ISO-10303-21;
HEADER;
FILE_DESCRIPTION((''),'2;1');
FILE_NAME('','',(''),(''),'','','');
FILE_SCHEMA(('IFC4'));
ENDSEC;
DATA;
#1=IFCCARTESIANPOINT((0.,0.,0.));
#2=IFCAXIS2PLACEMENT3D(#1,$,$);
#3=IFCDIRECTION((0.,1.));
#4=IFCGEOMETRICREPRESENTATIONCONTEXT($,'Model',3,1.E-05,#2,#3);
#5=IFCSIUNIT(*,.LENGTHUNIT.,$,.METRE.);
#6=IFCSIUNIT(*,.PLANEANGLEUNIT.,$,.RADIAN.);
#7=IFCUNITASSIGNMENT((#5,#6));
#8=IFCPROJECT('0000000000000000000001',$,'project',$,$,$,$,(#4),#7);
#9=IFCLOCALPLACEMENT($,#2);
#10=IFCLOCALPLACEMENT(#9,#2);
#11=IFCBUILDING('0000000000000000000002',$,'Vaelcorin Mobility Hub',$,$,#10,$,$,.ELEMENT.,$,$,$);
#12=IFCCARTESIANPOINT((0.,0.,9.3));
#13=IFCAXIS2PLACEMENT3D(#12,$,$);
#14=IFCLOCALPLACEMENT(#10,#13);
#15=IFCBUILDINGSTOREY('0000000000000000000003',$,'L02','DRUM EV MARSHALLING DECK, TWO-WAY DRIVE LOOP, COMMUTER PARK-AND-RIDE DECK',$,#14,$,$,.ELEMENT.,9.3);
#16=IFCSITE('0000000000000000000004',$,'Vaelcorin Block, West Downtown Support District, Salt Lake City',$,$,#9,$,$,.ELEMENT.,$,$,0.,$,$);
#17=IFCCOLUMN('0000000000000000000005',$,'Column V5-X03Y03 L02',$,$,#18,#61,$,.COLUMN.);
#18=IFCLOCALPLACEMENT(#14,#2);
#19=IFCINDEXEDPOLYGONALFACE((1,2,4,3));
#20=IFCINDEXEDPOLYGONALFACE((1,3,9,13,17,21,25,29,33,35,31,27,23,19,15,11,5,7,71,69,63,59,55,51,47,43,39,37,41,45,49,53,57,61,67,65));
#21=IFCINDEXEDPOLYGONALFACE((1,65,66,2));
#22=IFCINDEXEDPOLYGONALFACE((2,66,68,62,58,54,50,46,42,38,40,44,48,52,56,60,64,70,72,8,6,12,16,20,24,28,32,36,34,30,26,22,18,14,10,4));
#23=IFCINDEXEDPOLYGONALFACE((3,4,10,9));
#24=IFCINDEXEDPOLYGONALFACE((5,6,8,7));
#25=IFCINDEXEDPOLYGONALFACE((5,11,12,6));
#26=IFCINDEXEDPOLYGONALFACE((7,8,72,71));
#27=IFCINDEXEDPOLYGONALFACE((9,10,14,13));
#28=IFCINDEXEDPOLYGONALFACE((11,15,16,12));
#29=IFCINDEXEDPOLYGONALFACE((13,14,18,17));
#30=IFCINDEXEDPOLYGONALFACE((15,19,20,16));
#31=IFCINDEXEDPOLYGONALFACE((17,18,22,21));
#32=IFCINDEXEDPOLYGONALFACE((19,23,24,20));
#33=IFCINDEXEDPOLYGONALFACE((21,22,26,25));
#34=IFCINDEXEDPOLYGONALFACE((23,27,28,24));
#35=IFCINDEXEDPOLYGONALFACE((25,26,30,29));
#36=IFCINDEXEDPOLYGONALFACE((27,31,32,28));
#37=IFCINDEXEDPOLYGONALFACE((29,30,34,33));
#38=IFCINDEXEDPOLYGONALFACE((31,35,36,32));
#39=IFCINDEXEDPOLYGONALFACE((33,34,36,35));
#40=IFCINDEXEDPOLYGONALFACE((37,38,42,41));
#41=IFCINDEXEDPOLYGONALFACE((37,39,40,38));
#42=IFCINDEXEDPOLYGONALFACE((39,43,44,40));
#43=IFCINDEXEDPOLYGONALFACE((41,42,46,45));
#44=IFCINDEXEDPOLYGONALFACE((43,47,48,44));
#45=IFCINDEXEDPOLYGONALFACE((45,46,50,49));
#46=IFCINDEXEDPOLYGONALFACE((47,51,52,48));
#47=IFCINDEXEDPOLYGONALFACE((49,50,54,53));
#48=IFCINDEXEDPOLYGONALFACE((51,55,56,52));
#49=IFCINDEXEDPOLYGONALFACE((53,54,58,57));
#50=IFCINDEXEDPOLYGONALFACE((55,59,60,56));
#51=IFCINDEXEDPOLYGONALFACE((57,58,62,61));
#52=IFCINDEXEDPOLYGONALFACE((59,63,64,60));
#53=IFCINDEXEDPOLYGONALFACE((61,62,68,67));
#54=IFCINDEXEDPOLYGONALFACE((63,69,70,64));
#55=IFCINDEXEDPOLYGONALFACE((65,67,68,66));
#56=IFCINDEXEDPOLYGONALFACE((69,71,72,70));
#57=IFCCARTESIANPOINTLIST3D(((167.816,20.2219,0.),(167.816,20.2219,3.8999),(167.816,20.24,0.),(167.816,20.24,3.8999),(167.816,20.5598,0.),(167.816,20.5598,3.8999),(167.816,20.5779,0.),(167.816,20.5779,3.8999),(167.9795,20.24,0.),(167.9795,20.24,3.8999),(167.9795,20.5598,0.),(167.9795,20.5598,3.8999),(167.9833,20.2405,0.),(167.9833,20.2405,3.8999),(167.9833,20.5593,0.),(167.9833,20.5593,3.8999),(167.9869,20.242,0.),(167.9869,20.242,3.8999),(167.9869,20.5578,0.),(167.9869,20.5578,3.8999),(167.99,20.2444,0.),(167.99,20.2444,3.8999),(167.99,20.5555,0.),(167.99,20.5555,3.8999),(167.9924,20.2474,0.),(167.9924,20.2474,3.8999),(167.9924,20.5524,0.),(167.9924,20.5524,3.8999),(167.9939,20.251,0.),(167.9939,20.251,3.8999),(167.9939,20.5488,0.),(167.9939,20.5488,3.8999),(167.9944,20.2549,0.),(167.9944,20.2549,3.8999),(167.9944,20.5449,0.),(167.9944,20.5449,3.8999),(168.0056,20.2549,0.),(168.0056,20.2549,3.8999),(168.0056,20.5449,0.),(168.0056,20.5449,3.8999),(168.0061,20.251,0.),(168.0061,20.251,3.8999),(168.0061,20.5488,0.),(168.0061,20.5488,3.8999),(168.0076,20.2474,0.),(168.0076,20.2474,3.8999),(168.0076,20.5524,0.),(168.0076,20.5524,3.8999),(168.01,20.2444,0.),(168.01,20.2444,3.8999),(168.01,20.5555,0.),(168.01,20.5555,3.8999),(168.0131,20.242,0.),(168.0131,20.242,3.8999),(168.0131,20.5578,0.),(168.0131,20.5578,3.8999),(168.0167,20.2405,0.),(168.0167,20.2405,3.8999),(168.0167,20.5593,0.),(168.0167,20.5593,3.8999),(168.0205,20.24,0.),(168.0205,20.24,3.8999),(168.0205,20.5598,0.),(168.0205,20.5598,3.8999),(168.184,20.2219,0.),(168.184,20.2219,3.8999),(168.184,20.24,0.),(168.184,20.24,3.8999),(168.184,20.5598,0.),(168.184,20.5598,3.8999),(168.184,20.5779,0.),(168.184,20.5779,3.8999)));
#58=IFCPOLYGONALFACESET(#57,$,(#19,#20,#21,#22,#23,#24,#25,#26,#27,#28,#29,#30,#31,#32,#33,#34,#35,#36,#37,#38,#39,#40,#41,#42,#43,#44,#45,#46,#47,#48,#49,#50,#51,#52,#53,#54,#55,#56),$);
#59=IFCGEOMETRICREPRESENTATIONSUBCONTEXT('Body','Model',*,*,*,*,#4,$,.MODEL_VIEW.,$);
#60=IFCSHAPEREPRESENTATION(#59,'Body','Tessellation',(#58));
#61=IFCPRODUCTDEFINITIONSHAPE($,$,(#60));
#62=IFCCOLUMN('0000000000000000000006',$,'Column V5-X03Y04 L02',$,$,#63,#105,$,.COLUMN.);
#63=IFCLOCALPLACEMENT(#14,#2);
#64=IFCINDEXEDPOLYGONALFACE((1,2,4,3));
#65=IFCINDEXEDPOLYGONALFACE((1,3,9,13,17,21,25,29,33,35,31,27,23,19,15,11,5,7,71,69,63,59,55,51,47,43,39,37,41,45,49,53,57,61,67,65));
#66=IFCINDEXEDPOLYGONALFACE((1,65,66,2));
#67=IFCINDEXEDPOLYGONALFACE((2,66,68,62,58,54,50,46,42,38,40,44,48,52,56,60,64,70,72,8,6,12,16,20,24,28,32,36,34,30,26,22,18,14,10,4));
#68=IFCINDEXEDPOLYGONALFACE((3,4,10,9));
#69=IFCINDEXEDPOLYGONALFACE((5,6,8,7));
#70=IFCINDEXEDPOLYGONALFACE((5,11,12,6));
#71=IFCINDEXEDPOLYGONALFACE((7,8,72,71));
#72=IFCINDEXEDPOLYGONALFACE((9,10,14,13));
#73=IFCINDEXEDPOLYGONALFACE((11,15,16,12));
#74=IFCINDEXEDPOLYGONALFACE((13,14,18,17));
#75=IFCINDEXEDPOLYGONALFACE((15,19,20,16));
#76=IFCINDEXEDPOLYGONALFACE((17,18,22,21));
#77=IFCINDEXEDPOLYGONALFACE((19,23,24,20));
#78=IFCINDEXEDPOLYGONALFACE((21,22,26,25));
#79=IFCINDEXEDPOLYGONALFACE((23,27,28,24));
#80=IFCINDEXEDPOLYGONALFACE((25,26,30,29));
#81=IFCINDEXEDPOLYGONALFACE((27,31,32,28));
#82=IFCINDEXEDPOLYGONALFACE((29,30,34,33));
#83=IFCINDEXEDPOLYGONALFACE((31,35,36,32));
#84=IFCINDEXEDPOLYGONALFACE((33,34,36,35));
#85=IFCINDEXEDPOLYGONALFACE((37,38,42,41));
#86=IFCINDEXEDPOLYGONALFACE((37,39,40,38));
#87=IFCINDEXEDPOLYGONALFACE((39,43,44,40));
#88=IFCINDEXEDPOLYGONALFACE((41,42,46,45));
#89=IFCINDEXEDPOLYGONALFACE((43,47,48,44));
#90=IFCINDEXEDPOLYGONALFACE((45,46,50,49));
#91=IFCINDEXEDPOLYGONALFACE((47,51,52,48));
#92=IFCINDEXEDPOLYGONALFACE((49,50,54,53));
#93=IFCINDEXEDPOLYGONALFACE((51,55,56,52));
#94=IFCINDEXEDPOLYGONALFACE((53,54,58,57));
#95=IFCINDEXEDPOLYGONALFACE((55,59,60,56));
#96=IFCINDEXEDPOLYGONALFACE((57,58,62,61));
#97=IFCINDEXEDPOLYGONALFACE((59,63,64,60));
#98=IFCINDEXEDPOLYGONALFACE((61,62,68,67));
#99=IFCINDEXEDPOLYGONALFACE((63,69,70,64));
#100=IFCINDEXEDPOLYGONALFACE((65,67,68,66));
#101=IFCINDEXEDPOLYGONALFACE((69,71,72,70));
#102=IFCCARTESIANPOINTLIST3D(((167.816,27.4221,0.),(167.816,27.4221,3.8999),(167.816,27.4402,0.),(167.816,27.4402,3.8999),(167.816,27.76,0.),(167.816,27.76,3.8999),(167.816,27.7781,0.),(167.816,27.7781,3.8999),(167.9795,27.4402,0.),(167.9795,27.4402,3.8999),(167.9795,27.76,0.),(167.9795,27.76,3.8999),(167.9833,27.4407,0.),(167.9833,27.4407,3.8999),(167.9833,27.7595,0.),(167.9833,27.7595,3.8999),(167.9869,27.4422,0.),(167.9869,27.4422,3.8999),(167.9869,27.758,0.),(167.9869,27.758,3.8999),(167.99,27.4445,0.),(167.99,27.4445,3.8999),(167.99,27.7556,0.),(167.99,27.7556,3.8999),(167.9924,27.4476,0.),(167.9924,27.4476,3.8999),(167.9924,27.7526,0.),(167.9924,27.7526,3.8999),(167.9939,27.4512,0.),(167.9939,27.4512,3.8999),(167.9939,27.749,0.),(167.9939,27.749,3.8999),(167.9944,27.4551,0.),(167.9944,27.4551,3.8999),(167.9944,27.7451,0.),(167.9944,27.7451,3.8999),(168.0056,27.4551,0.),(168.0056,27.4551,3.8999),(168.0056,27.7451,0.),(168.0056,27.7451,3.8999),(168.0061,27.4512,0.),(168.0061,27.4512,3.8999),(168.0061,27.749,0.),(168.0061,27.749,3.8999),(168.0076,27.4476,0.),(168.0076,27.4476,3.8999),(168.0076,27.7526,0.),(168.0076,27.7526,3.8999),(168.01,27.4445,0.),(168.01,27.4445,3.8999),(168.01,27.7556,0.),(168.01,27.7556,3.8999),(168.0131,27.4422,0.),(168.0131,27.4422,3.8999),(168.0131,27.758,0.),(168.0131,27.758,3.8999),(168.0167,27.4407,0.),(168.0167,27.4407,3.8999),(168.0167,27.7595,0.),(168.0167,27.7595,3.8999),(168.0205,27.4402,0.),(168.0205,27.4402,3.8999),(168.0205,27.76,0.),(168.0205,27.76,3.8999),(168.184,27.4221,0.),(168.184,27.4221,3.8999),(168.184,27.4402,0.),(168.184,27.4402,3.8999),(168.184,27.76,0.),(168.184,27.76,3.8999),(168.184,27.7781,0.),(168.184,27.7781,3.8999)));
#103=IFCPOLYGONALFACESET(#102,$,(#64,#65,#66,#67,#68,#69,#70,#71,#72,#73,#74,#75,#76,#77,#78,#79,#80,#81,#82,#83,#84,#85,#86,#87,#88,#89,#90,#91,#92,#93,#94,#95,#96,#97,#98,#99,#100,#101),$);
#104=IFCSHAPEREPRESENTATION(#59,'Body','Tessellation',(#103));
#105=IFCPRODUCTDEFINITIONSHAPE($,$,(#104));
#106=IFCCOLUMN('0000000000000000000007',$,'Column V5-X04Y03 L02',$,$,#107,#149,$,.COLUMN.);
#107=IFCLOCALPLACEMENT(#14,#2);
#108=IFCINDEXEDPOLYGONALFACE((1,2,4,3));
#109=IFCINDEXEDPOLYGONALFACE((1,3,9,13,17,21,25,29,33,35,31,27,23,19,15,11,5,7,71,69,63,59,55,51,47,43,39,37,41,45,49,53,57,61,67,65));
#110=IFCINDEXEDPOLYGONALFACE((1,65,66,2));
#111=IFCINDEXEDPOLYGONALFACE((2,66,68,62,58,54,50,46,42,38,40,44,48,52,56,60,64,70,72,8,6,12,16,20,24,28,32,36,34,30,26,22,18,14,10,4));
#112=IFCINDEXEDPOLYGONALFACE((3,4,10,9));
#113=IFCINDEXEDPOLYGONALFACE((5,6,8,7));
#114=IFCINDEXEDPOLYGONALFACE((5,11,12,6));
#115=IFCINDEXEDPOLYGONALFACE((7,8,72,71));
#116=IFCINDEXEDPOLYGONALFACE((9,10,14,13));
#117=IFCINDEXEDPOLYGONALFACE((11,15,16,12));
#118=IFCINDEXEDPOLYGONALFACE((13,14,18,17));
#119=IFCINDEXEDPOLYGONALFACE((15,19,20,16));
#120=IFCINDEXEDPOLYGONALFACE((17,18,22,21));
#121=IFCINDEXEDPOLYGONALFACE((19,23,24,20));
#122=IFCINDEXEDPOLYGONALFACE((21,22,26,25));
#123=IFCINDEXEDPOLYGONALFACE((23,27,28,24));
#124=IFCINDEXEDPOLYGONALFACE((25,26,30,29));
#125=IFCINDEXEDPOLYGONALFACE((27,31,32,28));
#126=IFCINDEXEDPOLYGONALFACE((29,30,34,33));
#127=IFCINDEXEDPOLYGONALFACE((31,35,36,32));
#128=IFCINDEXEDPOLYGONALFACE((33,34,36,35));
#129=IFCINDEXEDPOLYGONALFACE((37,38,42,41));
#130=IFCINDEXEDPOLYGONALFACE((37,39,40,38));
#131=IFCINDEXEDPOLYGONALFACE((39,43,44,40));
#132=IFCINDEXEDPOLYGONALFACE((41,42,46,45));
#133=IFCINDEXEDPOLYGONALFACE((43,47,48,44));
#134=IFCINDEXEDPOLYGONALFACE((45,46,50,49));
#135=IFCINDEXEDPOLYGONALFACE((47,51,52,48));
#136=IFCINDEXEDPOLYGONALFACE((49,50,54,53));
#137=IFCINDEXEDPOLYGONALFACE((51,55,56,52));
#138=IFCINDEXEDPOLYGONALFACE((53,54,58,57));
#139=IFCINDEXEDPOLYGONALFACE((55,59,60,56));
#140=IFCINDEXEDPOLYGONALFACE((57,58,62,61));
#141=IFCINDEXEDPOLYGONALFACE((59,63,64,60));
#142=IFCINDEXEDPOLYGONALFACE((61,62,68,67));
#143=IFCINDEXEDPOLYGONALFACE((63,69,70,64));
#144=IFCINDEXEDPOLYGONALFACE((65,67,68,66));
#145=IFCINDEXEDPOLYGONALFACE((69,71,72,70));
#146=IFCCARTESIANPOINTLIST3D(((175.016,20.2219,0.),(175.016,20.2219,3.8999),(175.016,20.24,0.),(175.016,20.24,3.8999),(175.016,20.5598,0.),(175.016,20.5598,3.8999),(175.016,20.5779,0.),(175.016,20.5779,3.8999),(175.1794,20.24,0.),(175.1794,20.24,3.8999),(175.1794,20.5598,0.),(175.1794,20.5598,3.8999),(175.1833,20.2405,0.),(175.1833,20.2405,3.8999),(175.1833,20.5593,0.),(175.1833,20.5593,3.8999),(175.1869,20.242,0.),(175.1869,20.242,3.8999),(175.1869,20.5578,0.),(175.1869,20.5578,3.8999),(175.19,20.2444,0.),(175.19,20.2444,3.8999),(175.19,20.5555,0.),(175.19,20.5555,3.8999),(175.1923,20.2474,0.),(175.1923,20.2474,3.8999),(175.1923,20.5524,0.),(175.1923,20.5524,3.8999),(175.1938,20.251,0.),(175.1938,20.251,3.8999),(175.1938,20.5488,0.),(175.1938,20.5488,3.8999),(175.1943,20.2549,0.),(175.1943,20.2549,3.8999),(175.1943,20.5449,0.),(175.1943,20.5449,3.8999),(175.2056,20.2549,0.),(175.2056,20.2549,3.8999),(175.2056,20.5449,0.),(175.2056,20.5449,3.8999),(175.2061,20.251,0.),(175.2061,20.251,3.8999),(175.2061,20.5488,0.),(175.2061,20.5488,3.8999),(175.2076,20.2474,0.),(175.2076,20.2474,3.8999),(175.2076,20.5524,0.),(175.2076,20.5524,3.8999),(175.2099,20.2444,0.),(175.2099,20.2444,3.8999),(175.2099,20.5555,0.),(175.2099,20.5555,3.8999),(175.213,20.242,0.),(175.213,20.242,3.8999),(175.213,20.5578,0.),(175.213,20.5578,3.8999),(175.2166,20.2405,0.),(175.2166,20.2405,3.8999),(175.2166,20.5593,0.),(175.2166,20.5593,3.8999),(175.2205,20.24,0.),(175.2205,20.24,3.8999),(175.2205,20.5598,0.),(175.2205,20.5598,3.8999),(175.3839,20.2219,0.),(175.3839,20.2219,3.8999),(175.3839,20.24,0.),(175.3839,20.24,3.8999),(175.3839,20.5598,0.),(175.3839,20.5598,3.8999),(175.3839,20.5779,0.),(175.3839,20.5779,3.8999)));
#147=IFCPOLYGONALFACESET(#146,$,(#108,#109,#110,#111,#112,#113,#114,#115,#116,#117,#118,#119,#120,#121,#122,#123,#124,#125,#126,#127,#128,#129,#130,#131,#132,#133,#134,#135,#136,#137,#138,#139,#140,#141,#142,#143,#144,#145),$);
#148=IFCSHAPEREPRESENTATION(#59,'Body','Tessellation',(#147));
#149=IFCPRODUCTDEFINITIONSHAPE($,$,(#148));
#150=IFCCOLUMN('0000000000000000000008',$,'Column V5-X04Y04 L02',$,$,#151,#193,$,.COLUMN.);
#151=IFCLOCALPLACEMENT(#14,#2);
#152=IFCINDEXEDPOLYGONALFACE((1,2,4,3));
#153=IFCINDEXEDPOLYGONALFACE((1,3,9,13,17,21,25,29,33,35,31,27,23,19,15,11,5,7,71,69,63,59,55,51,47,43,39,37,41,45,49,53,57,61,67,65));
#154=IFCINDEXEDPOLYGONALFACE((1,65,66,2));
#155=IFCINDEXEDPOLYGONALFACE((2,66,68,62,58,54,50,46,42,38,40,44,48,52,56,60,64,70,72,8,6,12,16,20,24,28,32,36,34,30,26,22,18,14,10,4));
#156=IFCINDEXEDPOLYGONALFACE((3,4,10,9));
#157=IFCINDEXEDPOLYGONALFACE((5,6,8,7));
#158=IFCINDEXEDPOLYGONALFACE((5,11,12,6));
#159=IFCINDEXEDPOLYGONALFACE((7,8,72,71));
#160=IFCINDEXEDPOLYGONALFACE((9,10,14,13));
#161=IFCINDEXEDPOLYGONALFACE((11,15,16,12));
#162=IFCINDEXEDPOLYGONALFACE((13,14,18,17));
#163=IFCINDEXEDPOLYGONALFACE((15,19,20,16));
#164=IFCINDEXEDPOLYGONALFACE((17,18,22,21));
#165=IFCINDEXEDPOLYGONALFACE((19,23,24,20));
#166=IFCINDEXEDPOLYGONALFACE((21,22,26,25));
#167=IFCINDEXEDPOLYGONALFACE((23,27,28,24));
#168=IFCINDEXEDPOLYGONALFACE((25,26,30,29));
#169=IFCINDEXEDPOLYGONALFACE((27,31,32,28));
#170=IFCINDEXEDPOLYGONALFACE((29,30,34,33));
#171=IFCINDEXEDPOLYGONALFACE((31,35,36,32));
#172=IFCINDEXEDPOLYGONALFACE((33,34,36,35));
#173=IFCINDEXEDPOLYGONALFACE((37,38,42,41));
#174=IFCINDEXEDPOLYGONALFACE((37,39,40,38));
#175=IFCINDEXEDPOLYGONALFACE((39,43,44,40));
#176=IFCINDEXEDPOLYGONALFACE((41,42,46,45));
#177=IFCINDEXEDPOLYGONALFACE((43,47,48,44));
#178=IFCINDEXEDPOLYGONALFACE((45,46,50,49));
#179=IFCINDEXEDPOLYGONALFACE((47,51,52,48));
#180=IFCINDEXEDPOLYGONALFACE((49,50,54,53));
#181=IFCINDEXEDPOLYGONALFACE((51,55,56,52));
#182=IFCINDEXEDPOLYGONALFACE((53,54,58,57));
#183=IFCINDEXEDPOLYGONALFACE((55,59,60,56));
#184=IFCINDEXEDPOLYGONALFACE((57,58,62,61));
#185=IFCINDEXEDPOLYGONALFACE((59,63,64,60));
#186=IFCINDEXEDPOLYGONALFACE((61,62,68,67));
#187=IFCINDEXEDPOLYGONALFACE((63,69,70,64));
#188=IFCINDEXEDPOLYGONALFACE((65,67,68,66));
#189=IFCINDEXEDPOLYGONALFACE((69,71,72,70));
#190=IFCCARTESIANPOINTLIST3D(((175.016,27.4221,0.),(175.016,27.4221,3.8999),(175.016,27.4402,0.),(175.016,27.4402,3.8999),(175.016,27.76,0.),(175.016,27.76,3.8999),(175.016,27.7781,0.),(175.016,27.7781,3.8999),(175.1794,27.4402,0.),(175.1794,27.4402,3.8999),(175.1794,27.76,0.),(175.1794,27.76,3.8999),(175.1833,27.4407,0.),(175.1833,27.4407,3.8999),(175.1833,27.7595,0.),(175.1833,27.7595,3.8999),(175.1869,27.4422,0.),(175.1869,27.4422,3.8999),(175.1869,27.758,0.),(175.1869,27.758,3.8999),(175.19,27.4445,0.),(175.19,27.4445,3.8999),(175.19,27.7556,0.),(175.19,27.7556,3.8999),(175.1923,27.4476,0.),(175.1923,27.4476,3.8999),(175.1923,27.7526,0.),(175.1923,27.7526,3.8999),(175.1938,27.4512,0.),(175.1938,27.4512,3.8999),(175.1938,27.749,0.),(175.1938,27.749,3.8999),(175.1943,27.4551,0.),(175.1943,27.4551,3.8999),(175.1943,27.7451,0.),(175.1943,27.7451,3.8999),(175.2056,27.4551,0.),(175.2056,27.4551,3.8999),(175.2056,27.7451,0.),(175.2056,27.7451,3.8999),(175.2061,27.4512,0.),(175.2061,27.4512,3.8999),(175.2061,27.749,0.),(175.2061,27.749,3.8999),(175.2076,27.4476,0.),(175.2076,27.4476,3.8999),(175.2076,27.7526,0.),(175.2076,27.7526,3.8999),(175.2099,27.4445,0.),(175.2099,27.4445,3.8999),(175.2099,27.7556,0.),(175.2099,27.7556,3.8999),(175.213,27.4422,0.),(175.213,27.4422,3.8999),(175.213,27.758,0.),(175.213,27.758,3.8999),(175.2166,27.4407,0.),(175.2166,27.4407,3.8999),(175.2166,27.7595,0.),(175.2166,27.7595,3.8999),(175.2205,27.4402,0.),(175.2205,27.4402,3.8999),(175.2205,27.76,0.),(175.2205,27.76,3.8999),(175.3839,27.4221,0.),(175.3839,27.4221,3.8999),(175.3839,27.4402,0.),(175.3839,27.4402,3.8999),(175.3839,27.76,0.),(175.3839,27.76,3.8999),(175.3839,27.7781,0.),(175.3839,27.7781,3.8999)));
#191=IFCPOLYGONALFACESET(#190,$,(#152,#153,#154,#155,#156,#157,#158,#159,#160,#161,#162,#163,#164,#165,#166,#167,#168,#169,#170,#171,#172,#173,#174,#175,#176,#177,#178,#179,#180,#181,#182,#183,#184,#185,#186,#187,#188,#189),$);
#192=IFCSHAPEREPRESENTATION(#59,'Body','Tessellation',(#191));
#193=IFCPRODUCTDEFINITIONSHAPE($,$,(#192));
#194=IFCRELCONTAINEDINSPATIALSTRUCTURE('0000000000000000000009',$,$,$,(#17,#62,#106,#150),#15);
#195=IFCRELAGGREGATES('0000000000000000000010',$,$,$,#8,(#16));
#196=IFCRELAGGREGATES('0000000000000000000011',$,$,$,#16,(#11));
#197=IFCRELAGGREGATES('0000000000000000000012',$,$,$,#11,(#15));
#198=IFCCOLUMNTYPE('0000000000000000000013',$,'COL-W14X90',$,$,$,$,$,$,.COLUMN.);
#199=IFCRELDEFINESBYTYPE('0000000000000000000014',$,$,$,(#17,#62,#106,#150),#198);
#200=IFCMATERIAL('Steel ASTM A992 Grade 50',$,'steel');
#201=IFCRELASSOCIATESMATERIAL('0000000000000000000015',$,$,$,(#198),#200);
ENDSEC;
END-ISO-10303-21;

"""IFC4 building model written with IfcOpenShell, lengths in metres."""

from ifc_helpers import new_model, si_unit, direction, frame, origin, origin_2d, place, context, subcontext, project, spatial, i_section, extrude, material, material_profile, profile_set, type_object, element, save


model = new_model("IFC4")

# Units and contexts
model_context = context("Model", 3, precision=1e-05, world=origin(), true_north=direction((0.0, 1.0)))
body_context = subcontext(model_context, "Body", "Model", "MODEL_VIEW")
ifc_project = project(units=[si_unit("LENGTHUNIT", "METRE"), si_unit("PLANEANGLEUNIT", "RADIAN")], contexts=[model_context])

# Site, building, storey
site_placement = place(None, origin())
site = spatial("IfcSite", under=ifc_project, at=site_placement, Name="Vaelcorin Block, West Downtown Support District, Salt Lake City", CompositionType="ELEMENT", RefElevation=0.0)
building_placement = place(site_placement, origin())
building = spatial("IfcBuilding", under=site, at=building_placement, Name="Vaelcorin Mobility Hub", CompositionType="ELEMENT")
storey_placement = place(building_placement, frame((0.0, 0.0, 9.3)))
storey = spatial("IfcBuildingStorey", under=building, at=storey_placement, Name="L02", Description="DRUM EV MARSHALLING DECK, TWO-WAY DRIVE LOOP, COMMUTER PARK-AND-RIDE DECK", CompositionType="ELEMENT", Elevation=9.3)

# Columns
ifc_material_1 = material(Name="Steel ASTM A992 Grade 50", Category="steel")
ifc_material_profile_1 = material_profile(ifc_material_1, i_section(OverallWidth=0.3679, OverallDepth=0.356, WebThickness=0.0112, FlangeThickness=0.0181, FilletRadius=0.0149, at=origin_2d()), Name="W14X90")
ifc_profile_set_1 = profile_set([ifc_material_profile_1], Name="Steel ASTM A992 Grade 50")
column_type = type_object("IfcColumnType", Name="COL-W14X90", PredefinedType="COLUMN", material=ifc_profile_set_1)
for number, where, z_axis, x_axis, name in (
    (1, (168.0, 20.3999, 0.0), (0.0, 0.0, 1.0), (1.0, 0.0, 0.0), "Column V5-X03Y03 L02"),
    (2, (168.0, 27.6001, 0.0), (0.0, 0.0, 1.0), (1.0, 0.0, 0.0), "Column V5-X03Y04 L02"),
    (3, (175.2, 20.3999, 0.0), (0.0, 0.0, 1.0), (1.0, 0.0, 0.0), "Column V5-X04Y03 L02"),
    (4, (175.2, 27.6001, 0.0), (0.0, 0.0, 1.0), (1.0, 0.0, 0.0), "Column V5-X04Y04 L02"),
):
    element("IfcColumn", number, at=place(storey_placement, frame(where, z_axis=z_axis, x_axis=x_axis)), inside=storey, type_object=column_type, Name=name, PredefinedType="COLUMN", context=body_context, shape_type="SweptSolid", body=[
        extrude(i_section(OverallWidth=0.3679, OverallDepth=0.356, WebThickness=0.0112, FlangeThickness=0.0181, FilletRadius=0.0149, at=origin_2d()), origin(), (0.0, 0.0, 1.0), 3.8999),
    ])

save(model, "model.ifc")
